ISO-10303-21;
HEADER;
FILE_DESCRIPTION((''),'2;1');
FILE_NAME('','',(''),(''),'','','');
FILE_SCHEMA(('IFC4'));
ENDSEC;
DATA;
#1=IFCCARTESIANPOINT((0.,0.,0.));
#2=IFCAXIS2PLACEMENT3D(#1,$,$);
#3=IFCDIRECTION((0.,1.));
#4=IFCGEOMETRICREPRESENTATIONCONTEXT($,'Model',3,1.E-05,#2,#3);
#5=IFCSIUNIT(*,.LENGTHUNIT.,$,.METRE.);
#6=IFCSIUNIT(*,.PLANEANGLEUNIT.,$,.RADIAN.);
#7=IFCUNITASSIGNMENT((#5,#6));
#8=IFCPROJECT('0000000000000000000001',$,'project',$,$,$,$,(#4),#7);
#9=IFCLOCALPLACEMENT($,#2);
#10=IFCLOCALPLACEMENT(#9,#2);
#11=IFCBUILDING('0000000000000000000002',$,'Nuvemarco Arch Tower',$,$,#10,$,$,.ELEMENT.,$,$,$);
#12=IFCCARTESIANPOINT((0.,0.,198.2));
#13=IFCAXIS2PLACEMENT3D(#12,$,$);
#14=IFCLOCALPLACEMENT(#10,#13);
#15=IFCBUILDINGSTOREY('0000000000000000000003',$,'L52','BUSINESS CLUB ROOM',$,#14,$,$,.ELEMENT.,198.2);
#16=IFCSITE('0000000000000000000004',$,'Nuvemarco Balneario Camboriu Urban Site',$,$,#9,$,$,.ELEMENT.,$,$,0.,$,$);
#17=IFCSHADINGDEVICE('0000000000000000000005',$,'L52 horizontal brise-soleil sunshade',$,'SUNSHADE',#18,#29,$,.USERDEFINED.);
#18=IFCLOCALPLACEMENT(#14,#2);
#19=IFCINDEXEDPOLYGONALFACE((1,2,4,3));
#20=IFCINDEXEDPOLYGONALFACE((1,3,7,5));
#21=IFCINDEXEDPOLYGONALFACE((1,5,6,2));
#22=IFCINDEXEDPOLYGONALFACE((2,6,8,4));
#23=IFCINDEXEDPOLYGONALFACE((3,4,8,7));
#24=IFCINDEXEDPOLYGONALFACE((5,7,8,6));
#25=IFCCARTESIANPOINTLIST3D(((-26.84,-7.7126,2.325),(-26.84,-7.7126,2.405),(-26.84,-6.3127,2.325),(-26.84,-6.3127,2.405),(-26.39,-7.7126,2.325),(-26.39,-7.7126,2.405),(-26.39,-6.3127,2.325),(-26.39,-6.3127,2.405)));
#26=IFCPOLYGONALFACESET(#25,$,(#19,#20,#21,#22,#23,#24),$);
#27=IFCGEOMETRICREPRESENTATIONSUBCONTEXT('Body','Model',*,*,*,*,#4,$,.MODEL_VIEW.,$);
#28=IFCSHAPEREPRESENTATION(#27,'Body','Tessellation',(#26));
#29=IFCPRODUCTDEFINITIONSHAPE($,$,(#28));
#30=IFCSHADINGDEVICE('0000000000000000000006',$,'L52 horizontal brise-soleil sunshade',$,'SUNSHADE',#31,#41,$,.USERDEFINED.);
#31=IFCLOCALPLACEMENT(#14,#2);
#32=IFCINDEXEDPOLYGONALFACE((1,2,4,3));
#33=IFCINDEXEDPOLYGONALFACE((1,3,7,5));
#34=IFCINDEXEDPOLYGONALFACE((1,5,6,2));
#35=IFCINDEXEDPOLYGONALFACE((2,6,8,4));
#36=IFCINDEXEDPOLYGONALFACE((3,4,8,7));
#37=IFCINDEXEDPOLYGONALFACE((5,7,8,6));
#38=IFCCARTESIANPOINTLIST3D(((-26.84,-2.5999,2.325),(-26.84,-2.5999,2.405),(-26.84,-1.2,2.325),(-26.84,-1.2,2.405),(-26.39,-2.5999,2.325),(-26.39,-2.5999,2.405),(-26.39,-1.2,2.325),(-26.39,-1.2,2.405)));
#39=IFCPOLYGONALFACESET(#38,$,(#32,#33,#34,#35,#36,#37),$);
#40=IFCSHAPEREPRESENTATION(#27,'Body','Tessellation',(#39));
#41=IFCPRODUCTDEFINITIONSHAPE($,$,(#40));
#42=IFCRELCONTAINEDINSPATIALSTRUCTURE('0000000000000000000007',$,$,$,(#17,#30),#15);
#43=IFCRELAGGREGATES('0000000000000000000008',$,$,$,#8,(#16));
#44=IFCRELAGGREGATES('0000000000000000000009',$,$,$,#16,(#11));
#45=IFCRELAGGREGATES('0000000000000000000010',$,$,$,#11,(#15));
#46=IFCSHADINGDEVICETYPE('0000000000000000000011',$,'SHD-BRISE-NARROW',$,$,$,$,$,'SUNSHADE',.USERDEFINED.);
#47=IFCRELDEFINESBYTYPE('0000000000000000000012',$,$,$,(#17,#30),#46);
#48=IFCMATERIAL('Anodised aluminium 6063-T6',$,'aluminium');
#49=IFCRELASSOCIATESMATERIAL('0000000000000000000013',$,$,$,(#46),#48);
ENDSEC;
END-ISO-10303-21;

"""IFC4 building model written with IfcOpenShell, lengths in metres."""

from ifc_helpers import new_model, si_unit, direction, frame, origin, origin_2d, place, context, subcontext, project, spatial, rectangle, extrude, source, transform, mapped, material, type_object, type_shapes, element, save


model = new_model("IFC4")

# Units and contexts
model_context = context("Model", 3, precision=1e-05, world=origin(), true_north=direction((0.0, 1.0)))
body_context = subcontext(model_context, "Body", "Model", "MODEL_VIEW")
ifc_project = project(units=[si_unit("LENGTHUNIT", "METRE"), si_unit("PLANEANGLEUNIT", "RADIAN")], contexts=[model_context])

# Site, building, storey
site_placement = place(None, origin())
site = spatial("IfcSite", under=ifc_project, at=site_placement, Name="Nuvemarco Balneario Camboriu Urban Site", CompositionType="ELEMENT", RefElevation=0.0)
building_placement = place(site_placement, origin())
building = spatial("IfcBuilding", under=site, at=building_placement, Name="Nuvemarco Arch Tower", CompositionType="ELEMENT")
storey_placement = place(building_placement, frame((0.0, 0.0, 198.2)))
storey = spatial("IfcBuildingStorey", under=building, at=storey_placement, Name="L52", Description="BUSINESS CLUB ROOM", CompositionType="ELEMENT", Elevation=198.2)

# Shading devices
ifc_material_1 = material(Name="Anodised aluminium 6063-T6", Category="aluminium")
shading_device_type = type_object("IfcShadingDeviceType", Name="SHD-BRISE-NARROW", ElementType="SUNSHADE", PredefinedType="USERDEFINED", material=ifc_material_1)
shared_shape = source(origin(), body_context, "Body", "SweptSolid", [
    extrude(rectangle(XDim=1.3999, YDim=0.45, at=origin_2d()), origin(), (0.0, 0.0, 1.0), 0.0801),
])
type_shapes(shading_device_type, [shared_shape])
for number, where, z_axis, x_axis, name in (
    (1, (-26.615, -7.0127, 2.325), (0.0, 0.0, 1.0), (0.0, 1.0, 0.0), "L52 horizontal brise-soleil sunshade"),
    (2, (-26.615, -1.8999, 2.325), (0.0, 0.0, 1.0), (0.0, 1.0, 0.0), "L52 horizontal brise-soleil sunshade"),
):
    element("IfcShadingDevice", number, at=place(storey_placement, frame(where, z_axis=z_axis, x_axis=x_axis)), inside=storey, type_object=shading_device_type, Name=name, ObjectType="SUNSHADE", PredefinedType="USERDEFINED", context=body_context, shape_type="MappedRepresentation", body=[
        mapped(shared_shape, transform((0.0, 0.0, 0.0), scale=1.0)),
    ])

save(model, "model.ifc")
